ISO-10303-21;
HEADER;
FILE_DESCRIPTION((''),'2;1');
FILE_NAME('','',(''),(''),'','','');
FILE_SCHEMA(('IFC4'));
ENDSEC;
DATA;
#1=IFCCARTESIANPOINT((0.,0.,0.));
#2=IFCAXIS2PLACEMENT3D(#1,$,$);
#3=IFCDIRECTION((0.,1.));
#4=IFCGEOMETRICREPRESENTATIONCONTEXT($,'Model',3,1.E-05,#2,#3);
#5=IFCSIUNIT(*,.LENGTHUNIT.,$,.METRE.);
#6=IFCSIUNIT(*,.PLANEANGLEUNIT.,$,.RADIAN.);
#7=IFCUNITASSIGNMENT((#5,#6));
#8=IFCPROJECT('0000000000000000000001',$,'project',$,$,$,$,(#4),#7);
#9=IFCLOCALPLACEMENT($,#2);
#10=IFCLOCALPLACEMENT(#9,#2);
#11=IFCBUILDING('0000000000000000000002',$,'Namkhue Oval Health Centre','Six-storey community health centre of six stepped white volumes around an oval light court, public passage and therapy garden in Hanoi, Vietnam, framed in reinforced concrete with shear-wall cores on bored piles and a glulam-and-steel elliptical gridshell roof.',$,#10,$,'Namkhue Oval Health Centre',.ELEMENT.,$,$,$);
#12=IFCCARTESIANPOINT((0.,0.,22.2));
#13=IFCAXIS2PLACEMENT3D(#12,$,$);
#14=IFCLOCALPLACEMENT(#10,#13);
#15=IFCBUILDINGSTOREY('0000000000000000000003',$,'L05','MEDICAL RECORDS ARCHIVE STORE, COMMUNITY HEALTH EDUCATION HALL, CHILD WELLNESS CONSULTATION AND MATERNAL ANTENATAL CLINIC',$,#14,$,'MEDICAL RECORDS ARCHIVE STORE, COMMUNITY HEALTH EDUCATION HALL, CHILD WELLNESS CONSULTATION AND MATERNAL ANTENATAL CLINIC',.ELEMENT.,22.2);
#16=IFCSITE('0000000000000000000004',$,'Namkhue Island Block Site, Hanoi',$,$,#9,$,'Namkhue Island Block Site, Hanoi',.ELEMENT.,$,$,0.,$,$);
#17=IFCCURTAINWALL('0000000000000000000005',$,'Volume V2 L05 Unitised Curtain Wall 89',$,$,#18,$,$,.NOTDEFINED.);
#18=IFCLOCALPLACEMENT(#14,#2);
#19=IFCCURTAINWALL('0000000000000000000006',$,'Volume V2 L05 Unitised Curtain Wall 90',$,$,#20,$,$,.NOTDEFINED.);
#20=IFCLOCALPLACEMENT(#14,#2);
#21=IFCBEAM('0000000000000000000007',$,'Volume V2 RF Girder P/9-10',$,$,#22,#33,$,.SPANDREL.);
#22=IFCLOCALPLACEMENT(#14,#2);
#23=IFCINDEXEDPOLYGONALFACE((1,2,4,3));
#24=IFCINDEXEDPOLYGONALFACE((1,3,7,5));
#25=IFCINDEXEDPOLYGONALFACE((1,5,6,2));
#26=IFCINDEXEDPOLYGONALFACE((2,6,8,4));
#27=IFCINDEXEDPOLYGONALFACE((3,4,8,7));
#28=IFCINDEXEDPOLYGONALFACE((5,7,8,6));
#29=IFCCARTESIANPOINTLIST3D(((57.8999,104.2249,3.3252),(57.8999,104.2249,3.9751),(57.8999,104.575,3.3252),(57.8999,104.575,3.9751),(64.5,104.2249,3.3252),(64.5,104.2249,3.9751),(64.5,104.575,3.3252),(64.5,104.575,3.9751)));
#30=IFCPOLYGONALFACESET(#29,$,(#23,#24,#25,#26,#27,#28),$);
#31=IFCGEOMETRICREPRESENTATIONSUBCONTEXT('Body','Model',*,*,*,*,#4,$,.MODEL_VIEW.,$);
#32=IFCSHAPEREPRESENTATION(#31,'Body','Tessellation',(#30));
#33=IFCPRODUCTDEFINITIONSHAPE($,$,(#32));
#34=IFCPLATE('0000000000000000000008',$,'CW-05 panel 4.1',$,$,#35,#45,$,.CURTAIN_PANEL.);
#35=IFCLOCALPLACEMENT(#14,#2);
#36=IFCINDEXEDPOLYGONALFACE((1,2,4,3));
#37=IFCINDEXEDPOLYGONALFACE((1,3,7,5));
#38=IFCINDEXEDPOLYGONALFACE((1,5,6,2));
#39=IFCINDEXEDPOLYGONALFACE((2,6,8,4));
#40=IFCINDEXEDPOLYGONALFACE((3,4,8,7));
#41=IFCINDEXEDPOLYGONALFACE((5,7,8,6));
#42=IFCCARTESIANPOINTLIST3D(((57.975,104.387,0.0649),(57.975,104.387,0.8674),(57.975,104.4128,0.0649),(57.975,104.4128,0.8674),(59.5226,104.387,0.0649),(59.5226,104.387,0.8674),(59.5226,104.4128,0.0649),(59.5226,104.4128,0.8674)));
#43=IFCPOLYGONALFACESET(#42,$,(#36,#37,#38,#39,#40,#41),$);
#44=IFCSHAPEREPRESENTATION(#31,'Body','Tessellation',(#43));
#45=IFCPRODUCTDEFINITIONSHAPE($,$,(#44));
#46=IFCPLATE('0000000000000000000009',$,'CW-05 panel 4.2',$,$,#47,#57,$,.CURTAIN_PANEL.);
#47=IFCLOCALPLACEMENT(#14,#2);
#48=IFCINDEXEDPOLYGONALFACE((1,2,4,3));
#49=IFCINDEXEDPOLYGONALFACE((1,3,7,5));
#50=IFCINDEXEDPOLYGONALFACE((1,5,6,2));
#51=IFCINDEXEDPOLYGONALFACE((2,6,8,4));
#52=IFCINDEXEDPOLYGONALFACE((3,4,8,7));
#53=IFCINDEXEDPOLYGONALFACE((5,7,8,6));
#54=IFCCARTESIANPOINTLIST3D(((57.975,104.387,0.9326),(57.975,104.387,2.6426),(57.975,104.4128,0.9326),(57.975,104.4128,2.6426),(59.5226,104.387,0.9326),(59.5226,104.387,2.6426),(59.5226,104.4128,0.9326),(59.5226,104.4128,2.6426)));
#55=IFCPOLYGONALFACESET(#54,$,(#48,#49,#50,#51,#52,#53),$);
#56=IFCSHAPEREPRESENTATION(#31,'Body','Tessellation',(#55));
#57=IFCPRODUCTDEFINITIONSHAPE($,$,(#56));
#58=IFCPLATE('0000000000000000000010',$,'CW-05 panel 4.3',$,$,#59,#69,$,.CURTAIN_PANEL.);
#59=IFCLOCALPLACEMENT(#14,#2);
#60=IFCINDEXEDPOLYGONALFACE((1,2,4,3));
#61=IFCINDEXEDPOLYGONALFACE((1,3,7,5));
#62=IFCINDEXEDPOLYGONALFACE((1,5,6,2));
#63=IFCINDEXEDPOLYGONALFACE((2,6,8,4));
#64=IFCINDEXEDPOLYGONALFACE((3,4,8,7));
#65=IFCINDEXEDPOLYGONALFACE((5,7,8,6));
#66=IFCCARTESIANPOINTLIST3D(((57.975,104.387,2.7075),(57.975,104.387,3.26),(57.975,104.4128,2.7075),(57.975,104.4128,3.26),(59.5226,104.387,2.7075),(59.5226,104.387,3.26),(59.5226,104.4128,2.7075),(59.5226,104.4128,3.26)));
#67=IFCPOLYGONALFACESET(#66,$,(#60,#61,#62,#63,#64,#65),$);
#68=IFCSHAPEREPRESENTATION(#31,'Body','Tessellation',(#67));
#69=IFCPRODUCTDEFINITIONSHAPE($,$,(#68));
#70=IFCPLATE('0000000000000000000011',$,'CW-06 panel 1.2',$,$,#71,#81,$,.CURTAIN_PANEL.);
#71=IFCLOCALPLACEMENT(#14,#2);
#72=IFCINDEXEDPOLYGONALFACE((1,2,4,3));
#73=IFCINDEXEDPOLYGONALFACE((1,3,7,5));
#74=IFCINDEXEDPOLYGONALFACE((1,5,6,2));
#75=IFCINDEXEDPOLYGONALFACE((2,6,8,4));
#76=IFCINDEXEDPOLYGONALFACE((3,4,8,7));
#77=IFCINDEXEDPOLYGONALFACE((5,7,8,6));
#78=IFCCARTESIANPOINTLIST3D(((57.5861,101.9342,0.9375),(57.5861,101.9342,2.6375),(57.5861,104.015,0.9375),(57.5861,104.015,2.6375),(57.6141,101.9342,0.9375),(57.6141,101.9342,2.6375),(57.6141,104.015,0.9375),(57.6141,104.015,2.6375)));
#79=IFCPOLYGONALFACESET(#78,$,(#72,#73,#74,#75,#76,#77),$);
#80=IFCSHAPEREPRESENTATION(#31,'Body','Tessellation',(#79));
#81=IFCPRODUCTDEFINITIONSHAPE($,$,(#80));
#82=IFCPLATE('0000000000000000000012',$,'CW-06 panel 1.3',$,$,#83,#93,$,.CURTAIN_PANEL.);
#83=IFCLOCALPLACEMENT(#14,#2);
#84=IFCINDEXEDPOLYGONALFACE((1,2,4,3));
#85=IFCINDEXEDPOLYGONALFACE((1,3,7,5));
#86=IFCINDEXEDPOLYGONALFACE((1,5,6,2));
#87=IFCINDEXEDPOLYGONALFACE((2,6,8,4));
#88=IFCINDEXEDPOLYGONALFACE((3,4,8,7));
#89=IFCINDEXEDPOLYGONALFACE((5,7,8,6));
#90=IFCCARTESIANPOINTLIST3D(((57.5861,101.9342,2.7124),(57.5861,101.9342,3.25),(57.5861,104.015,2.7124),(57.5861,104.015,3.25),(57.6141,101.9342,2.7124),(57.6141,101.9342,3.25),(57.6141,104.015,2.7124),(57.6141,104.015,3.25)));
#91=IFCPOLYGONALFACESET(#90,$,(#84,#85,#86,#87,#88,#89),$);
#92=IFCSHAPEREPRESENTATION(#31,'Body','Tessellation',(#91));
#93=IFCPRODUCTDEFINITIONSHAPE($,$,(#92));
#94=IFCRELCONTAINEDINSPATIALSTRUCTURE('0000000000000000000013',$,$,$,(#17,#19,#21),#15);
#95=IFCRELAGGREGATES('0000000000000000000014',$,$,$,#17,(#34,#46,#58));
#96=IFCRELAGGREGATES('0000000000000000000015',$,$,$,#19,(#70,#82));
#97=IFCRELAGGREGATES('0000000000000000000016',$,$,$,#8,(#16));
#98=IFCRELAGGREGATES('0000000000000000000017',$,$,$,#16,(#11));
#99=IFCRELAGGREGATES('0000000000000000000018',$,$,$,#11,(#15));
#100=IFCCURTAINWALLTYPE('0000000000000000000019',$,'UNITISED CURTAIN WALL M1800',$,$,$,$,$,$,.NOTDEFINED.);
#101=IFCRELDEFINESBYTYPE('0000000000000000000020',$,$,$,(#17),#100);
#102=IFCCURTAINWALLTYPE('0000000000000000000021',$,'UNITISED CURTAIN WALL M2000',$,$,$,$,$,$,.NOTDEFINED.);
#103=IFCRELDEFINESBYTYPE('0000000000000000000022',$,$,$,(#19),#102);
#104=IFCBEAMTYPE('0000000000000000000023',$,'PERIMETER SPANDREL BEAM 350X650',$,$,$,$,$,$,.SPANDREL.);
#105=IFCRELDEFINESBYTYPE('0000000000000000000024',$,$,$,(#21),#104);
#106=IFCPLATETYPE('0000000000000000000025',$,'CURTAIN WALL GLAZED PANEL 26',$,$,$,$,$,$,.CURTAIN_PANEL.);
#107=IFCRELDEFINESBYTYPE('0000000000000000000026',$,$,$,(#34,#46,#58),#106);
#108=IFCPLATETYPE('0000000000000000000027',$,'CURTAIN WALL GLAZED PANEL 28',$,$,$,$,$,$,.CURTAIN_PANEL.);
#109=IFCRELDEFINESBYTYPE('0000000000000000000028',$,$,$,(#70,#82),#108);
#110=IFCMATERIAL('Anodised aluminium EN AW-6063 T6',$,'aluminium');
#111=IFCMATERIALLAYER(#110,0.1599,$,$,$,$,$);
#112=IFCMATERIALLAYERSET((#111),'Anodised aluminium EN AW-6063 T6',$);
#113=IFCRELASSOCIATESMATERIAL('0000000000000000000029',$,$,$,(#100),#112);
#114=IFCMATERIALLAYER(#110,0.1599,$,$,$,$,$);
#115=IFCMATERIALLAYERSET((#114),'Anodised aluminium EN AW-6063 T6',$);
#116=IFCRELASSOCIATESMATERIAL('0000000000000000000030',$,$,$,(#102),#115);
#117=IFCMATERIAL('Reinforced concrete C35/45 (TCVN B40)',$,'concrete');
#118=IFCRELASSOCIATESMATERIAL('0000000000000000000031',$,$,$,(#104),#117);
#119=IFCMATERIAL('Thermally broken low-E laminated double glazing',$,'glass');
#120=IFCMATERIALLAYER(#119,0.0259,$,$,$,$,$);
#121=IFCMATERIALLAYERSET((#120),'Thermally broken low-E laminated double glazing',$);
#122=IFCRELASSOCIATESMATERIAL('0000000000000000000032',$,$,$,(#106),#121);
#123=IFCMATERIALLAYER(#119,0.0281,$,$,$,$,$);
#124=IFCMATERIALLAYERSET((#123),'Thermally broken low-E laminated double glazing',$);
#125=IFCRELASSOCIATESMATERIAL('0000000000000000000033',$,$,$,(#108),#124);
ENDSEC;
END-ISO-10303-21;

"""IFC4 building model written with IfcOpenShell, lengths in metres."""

from ifc_helpers import new_model, si_unit, direction, frame, origin, origin_2d, place, context, subcontext, project, spatial, rectangle, extrude, material, layer, layer_set, material_profile, profile_set, type_object, element, aggregate, save


model = new_model("IFC4")

# Units and contexts
model_context = context("Model", 3, precision=1e-05, world=origin(), true_north=direction((0.0, 1.0)))
body_context = subcontext(model_context, "Body", "Model", "MODEL_VIEW")
ifc_project = project(units=[si_unit("LENGTHUNIT", "METRE"), si_unit("PLANEANGLEUNIT", "RADIAN")], contexts=[model_context])

# Site, building, storey
site_placement = place(None, origin())
site = spatial("IfcSite", under=ifc_project, at=site_placement, Name="Namkhue Island Block Site, Hanoi", LongName="Namkhue Island Block Site, Hanoi", CompositionType="ELEMENT", RefElevation=0.0)
building_placement = place(site_placement, origin())
building = spatial("IfcBuilding", under=site, at=building_placement, Name="Namkhue Oval Health Centre", Description="Six-storey community health centre of six stepped white volumes around an oval light court, public passage and therapy garden in Hanoi, Vietnam, framed in reinforced concrete with shear-wall cores on bored piles and a glulam-and-steel elliptical gridshell roof.", LongName="Namkhue Oval Health Centre", CompositionType="ELEMENT")
storey_placement = place(building_placement, frame((0.0, 0.0, 22.2)))
storey = spatial("IfcBuildingStorey", under=building, at=storey_placement, Name="L05", Description="MEDICAL RECORDS ARCHIVE STORE, COMMUNITY HEALTH EDUCATION HALL, CHILD WELLNESS CONSULTATION AND MATERNAL ANTENATAL CLINIC", LongName="MEDICAL RECORDS ARCHIVE STORE, COMMUNITY HEALTH EDUCATION HALL, CHILD WELLNESS CONSULTATION AND MATERNAL ANTENATAL CLINIC", CompositionType="ELEMENT", Elevation=22.2)

# Shared definitions
ifc_material_1 = material(Name="Reinforced concrete C35/45 (TCVN B40)", Category="concrete")

# Curtain wall
ifc_material_2 = material(Name="Anodised aluminium EN AW-6063 T6", Category="aluminium")
ifc_layer_1 = layer(ifc_material_2, 0.1599)
ifc_layer_set_1 = layer_set([ifc_layer_1], Name="Anodised aluminium EN AW-6063 T6")
curtain_wall_type_1 = type_object("IfcCurtainWallType", Name="UNITISED CURTAIN WALL M1800", PredefinedType="NOTDEFINED", material=ifc_layer_set_1)
curtain_wall_1_placement = place(storey_placement, origin())
curtain_wall_1 = element("IfcCurtainWall", 1, at=curtain_wall_1_placement, inside=storey, type_object=curtain_wall_type_1, Name="Volume V2 L05 Unitised Curtain Wall 89", PredefinedType="NOTDEFINED")

# Curtain wall
ifc_layer_2 = layer(ifc_material_2, 0.1599)
ifc_layer_set_2 = layer_set([ifc_layer_2], Name="Anodised aluminium EN AW-6063 T6")
curtain_wall_type_2 = type_object("IfcCurtainWallType", Name="UNITISED CURTAIN WALL M2000", PredefinedType="NOTDEFINED", material=ifc_layer_set_2)
curtain_wall_2_placement = place(storey_placement, origin())
curtain_wall_2 = element("IfcCurtainWall", 2, at=curtain_wall_2_placement, inside=storey, type_object=curtain_wall_type_2, Name="Volume V2 L05 Unitised Curtain Wall 90", PredefinedType="NOTDEFINED")

# Beam
ifc_material_profile_1 = material_profile(ifc_material_1, rectangle(XDim=0.3501, YDim=0.6499, at=origin_2d()), Name="RC 350x650")
ifc_profile_set_1 = profile_set([ifc_material_profile_1], Name="Reinforced concrete C35/45 (TCVN B40)")
beam_type = type_object("IfcBeamType", Name="PERIMETER SPANDREL BEAM 350X650", PredefinedType="SPANDREL", material=ifc_profile_set_1)
beam_placement = place(storey_placement, frame((57.8999, 104.3999, 3.6501), z_axis=(1.0, 0.0, 0.0), x_axis=(0.0, 1.0, 0.0)))
element("IfcBeam", 3, at=beam_placement, inside=storey, type_object=beam_type, Name="Volume V2 RF Girder P/9-10", PredefinedType="SPANDREL", context=body_context, shape_type="SweptSolid", body=[
    extrude(rectangle(XDim=0.3501, YDim=0.6499, at=origin_2d()), origin(), (0.0, 0.0, 1.0), 6.6001),
])

# Plates
ifc_material_3 = material(Name="Thermally broken low-E laminated double glazing", Category="glass")
ifc_layer_3 = layer(ifc_material_3, 0.0259)
ifc_layer_set_3 = layer_set([ifc_layer_3], Name="Thermally broken low-E laminated double glazing")
plate_type_1 = type_object("IfcPlateType", Name="CURTAIN WALL GLAZED PANEL 26", PredefinedType="CURTAIN_PANEL", material=ifc_layer_set_3)
plate_1_placement = place(storey_placement, frame((58.7488, 104.3999, 0.0649), z_axis=(0.0, 0.0, 1.0), x_axis=(-1.0, 0.0, 0.0)))
plate_1 = element("IfcPlate", 4, at=plate_1_placement, type_object=plate_type_1, Name="CW-05 panel 4.1", PredefinedType="CURTAIN_PANEL", context=body_context, shape_type="SweptSolid", body=[
    extrude(rectangle(XDim=1.5476, YDim=0.0259, at=origin_2d()), origin(), (0.0, 0.0, 1.0), 0.8025),
])
plate_2_placement = place(storey_placement, frame((58.7488, 104.3999, 0.9326), z_axis=(0.0, 0.0, 1.0), x_axis=(-1.0, 0.0, 0.0)))
plate_2 = element("IfcPlate", 5, at=plate_2_placement, type_object=plate_type_1, Name="CW-05 panel 4.2", PredefinedType="CURTAIN_PANEL", context=body_context, shape_type="SweptSolid", body=[
    extrude(rectangle(XDim=1.5476, YDim=0.0259, at=origin_2d()), origin(), (0.0, 0.0, 1.0), 1.71),
])
plate_3_placement = place(storey_placement, frame((58.7488, 104.3999, 2.7075), z_axis=(0.0, 0.0, 1.0), x_axis=(-1.0, 0.0, 0.0)))
plate_3 = element("IfcPlate", 6, at=plate_3_placement, type_object=plate_type_1, Name="CW-05 panel 4.3", PredefinedType="CURTAIN_PANEL", context=body_context, shape_type="SweptSolid", body=[
    extrude(rectangle(XDim=1.5476, YDim=0.0259, at=origin_2d()), origin(), (0.0, 0.0, 1.0), 0.5525),
])
aggregate(curtain_wall_1, [plate_1, plate_2, plate_3])
ifc_layer_4 = layer(ifc_material_3, 0.0281)
ifc_layer_set_4 = layer_set([ifc_layer_4], Name="Thermally broken low-E laminated double glazing")
plate_type_2 = type_object("IfcPlateType", Name="CURTAIN WALL GLAZED PANEL 28", PredefinedType="CURTAIN_PANEL", material=ifc_layer_set_4)
plate_4_placement = place(storey_placement, frame((57.6001, 102.9746, 0.9375), z_axis=(0.0, 0.0, 1.0), x_axis=(0.0, -1.0, 0.0)))
plate_4 = element("IfcPlate", 7, at=plate_4_placement, type_object=plate_type_2, Name="CW-06 panel 1.2", PredefinedType="CURTAIN_PANEL", context=body_context, shape_type="SweptSolid", body=[
    extrude(rectangle(XDim=2.0808, YDim=0.0281, at=origin_2d()), origin(), (0.0, 0.0, 1.0), 1.7),
])
plate_5_placement = place(storey_placement, frame((57.6001, 102.9746, 2.7124), z_axis=(0.0, 0.0, 1.0), x_axis=(0.0, -1.0, 0.0)))
plate_5 = element("IfcPlate", 8, at=plate_5_placement, type_object=plate_type_2, Name="CW-06 panel 1.3", PredefinedType="CURTAIN_PANEL", context=body_context, shape_type="SweptSolid", body=[
    extrude(rectangle(XDim=2.0808, YDim=0.0281, at=origin_2d()), origin(), (0.0, 0.0, 1.0), 0.5376),
])
aggregate(curtain_wall_2, [plate_4, plate_5])

save(model, "model.ifc")
